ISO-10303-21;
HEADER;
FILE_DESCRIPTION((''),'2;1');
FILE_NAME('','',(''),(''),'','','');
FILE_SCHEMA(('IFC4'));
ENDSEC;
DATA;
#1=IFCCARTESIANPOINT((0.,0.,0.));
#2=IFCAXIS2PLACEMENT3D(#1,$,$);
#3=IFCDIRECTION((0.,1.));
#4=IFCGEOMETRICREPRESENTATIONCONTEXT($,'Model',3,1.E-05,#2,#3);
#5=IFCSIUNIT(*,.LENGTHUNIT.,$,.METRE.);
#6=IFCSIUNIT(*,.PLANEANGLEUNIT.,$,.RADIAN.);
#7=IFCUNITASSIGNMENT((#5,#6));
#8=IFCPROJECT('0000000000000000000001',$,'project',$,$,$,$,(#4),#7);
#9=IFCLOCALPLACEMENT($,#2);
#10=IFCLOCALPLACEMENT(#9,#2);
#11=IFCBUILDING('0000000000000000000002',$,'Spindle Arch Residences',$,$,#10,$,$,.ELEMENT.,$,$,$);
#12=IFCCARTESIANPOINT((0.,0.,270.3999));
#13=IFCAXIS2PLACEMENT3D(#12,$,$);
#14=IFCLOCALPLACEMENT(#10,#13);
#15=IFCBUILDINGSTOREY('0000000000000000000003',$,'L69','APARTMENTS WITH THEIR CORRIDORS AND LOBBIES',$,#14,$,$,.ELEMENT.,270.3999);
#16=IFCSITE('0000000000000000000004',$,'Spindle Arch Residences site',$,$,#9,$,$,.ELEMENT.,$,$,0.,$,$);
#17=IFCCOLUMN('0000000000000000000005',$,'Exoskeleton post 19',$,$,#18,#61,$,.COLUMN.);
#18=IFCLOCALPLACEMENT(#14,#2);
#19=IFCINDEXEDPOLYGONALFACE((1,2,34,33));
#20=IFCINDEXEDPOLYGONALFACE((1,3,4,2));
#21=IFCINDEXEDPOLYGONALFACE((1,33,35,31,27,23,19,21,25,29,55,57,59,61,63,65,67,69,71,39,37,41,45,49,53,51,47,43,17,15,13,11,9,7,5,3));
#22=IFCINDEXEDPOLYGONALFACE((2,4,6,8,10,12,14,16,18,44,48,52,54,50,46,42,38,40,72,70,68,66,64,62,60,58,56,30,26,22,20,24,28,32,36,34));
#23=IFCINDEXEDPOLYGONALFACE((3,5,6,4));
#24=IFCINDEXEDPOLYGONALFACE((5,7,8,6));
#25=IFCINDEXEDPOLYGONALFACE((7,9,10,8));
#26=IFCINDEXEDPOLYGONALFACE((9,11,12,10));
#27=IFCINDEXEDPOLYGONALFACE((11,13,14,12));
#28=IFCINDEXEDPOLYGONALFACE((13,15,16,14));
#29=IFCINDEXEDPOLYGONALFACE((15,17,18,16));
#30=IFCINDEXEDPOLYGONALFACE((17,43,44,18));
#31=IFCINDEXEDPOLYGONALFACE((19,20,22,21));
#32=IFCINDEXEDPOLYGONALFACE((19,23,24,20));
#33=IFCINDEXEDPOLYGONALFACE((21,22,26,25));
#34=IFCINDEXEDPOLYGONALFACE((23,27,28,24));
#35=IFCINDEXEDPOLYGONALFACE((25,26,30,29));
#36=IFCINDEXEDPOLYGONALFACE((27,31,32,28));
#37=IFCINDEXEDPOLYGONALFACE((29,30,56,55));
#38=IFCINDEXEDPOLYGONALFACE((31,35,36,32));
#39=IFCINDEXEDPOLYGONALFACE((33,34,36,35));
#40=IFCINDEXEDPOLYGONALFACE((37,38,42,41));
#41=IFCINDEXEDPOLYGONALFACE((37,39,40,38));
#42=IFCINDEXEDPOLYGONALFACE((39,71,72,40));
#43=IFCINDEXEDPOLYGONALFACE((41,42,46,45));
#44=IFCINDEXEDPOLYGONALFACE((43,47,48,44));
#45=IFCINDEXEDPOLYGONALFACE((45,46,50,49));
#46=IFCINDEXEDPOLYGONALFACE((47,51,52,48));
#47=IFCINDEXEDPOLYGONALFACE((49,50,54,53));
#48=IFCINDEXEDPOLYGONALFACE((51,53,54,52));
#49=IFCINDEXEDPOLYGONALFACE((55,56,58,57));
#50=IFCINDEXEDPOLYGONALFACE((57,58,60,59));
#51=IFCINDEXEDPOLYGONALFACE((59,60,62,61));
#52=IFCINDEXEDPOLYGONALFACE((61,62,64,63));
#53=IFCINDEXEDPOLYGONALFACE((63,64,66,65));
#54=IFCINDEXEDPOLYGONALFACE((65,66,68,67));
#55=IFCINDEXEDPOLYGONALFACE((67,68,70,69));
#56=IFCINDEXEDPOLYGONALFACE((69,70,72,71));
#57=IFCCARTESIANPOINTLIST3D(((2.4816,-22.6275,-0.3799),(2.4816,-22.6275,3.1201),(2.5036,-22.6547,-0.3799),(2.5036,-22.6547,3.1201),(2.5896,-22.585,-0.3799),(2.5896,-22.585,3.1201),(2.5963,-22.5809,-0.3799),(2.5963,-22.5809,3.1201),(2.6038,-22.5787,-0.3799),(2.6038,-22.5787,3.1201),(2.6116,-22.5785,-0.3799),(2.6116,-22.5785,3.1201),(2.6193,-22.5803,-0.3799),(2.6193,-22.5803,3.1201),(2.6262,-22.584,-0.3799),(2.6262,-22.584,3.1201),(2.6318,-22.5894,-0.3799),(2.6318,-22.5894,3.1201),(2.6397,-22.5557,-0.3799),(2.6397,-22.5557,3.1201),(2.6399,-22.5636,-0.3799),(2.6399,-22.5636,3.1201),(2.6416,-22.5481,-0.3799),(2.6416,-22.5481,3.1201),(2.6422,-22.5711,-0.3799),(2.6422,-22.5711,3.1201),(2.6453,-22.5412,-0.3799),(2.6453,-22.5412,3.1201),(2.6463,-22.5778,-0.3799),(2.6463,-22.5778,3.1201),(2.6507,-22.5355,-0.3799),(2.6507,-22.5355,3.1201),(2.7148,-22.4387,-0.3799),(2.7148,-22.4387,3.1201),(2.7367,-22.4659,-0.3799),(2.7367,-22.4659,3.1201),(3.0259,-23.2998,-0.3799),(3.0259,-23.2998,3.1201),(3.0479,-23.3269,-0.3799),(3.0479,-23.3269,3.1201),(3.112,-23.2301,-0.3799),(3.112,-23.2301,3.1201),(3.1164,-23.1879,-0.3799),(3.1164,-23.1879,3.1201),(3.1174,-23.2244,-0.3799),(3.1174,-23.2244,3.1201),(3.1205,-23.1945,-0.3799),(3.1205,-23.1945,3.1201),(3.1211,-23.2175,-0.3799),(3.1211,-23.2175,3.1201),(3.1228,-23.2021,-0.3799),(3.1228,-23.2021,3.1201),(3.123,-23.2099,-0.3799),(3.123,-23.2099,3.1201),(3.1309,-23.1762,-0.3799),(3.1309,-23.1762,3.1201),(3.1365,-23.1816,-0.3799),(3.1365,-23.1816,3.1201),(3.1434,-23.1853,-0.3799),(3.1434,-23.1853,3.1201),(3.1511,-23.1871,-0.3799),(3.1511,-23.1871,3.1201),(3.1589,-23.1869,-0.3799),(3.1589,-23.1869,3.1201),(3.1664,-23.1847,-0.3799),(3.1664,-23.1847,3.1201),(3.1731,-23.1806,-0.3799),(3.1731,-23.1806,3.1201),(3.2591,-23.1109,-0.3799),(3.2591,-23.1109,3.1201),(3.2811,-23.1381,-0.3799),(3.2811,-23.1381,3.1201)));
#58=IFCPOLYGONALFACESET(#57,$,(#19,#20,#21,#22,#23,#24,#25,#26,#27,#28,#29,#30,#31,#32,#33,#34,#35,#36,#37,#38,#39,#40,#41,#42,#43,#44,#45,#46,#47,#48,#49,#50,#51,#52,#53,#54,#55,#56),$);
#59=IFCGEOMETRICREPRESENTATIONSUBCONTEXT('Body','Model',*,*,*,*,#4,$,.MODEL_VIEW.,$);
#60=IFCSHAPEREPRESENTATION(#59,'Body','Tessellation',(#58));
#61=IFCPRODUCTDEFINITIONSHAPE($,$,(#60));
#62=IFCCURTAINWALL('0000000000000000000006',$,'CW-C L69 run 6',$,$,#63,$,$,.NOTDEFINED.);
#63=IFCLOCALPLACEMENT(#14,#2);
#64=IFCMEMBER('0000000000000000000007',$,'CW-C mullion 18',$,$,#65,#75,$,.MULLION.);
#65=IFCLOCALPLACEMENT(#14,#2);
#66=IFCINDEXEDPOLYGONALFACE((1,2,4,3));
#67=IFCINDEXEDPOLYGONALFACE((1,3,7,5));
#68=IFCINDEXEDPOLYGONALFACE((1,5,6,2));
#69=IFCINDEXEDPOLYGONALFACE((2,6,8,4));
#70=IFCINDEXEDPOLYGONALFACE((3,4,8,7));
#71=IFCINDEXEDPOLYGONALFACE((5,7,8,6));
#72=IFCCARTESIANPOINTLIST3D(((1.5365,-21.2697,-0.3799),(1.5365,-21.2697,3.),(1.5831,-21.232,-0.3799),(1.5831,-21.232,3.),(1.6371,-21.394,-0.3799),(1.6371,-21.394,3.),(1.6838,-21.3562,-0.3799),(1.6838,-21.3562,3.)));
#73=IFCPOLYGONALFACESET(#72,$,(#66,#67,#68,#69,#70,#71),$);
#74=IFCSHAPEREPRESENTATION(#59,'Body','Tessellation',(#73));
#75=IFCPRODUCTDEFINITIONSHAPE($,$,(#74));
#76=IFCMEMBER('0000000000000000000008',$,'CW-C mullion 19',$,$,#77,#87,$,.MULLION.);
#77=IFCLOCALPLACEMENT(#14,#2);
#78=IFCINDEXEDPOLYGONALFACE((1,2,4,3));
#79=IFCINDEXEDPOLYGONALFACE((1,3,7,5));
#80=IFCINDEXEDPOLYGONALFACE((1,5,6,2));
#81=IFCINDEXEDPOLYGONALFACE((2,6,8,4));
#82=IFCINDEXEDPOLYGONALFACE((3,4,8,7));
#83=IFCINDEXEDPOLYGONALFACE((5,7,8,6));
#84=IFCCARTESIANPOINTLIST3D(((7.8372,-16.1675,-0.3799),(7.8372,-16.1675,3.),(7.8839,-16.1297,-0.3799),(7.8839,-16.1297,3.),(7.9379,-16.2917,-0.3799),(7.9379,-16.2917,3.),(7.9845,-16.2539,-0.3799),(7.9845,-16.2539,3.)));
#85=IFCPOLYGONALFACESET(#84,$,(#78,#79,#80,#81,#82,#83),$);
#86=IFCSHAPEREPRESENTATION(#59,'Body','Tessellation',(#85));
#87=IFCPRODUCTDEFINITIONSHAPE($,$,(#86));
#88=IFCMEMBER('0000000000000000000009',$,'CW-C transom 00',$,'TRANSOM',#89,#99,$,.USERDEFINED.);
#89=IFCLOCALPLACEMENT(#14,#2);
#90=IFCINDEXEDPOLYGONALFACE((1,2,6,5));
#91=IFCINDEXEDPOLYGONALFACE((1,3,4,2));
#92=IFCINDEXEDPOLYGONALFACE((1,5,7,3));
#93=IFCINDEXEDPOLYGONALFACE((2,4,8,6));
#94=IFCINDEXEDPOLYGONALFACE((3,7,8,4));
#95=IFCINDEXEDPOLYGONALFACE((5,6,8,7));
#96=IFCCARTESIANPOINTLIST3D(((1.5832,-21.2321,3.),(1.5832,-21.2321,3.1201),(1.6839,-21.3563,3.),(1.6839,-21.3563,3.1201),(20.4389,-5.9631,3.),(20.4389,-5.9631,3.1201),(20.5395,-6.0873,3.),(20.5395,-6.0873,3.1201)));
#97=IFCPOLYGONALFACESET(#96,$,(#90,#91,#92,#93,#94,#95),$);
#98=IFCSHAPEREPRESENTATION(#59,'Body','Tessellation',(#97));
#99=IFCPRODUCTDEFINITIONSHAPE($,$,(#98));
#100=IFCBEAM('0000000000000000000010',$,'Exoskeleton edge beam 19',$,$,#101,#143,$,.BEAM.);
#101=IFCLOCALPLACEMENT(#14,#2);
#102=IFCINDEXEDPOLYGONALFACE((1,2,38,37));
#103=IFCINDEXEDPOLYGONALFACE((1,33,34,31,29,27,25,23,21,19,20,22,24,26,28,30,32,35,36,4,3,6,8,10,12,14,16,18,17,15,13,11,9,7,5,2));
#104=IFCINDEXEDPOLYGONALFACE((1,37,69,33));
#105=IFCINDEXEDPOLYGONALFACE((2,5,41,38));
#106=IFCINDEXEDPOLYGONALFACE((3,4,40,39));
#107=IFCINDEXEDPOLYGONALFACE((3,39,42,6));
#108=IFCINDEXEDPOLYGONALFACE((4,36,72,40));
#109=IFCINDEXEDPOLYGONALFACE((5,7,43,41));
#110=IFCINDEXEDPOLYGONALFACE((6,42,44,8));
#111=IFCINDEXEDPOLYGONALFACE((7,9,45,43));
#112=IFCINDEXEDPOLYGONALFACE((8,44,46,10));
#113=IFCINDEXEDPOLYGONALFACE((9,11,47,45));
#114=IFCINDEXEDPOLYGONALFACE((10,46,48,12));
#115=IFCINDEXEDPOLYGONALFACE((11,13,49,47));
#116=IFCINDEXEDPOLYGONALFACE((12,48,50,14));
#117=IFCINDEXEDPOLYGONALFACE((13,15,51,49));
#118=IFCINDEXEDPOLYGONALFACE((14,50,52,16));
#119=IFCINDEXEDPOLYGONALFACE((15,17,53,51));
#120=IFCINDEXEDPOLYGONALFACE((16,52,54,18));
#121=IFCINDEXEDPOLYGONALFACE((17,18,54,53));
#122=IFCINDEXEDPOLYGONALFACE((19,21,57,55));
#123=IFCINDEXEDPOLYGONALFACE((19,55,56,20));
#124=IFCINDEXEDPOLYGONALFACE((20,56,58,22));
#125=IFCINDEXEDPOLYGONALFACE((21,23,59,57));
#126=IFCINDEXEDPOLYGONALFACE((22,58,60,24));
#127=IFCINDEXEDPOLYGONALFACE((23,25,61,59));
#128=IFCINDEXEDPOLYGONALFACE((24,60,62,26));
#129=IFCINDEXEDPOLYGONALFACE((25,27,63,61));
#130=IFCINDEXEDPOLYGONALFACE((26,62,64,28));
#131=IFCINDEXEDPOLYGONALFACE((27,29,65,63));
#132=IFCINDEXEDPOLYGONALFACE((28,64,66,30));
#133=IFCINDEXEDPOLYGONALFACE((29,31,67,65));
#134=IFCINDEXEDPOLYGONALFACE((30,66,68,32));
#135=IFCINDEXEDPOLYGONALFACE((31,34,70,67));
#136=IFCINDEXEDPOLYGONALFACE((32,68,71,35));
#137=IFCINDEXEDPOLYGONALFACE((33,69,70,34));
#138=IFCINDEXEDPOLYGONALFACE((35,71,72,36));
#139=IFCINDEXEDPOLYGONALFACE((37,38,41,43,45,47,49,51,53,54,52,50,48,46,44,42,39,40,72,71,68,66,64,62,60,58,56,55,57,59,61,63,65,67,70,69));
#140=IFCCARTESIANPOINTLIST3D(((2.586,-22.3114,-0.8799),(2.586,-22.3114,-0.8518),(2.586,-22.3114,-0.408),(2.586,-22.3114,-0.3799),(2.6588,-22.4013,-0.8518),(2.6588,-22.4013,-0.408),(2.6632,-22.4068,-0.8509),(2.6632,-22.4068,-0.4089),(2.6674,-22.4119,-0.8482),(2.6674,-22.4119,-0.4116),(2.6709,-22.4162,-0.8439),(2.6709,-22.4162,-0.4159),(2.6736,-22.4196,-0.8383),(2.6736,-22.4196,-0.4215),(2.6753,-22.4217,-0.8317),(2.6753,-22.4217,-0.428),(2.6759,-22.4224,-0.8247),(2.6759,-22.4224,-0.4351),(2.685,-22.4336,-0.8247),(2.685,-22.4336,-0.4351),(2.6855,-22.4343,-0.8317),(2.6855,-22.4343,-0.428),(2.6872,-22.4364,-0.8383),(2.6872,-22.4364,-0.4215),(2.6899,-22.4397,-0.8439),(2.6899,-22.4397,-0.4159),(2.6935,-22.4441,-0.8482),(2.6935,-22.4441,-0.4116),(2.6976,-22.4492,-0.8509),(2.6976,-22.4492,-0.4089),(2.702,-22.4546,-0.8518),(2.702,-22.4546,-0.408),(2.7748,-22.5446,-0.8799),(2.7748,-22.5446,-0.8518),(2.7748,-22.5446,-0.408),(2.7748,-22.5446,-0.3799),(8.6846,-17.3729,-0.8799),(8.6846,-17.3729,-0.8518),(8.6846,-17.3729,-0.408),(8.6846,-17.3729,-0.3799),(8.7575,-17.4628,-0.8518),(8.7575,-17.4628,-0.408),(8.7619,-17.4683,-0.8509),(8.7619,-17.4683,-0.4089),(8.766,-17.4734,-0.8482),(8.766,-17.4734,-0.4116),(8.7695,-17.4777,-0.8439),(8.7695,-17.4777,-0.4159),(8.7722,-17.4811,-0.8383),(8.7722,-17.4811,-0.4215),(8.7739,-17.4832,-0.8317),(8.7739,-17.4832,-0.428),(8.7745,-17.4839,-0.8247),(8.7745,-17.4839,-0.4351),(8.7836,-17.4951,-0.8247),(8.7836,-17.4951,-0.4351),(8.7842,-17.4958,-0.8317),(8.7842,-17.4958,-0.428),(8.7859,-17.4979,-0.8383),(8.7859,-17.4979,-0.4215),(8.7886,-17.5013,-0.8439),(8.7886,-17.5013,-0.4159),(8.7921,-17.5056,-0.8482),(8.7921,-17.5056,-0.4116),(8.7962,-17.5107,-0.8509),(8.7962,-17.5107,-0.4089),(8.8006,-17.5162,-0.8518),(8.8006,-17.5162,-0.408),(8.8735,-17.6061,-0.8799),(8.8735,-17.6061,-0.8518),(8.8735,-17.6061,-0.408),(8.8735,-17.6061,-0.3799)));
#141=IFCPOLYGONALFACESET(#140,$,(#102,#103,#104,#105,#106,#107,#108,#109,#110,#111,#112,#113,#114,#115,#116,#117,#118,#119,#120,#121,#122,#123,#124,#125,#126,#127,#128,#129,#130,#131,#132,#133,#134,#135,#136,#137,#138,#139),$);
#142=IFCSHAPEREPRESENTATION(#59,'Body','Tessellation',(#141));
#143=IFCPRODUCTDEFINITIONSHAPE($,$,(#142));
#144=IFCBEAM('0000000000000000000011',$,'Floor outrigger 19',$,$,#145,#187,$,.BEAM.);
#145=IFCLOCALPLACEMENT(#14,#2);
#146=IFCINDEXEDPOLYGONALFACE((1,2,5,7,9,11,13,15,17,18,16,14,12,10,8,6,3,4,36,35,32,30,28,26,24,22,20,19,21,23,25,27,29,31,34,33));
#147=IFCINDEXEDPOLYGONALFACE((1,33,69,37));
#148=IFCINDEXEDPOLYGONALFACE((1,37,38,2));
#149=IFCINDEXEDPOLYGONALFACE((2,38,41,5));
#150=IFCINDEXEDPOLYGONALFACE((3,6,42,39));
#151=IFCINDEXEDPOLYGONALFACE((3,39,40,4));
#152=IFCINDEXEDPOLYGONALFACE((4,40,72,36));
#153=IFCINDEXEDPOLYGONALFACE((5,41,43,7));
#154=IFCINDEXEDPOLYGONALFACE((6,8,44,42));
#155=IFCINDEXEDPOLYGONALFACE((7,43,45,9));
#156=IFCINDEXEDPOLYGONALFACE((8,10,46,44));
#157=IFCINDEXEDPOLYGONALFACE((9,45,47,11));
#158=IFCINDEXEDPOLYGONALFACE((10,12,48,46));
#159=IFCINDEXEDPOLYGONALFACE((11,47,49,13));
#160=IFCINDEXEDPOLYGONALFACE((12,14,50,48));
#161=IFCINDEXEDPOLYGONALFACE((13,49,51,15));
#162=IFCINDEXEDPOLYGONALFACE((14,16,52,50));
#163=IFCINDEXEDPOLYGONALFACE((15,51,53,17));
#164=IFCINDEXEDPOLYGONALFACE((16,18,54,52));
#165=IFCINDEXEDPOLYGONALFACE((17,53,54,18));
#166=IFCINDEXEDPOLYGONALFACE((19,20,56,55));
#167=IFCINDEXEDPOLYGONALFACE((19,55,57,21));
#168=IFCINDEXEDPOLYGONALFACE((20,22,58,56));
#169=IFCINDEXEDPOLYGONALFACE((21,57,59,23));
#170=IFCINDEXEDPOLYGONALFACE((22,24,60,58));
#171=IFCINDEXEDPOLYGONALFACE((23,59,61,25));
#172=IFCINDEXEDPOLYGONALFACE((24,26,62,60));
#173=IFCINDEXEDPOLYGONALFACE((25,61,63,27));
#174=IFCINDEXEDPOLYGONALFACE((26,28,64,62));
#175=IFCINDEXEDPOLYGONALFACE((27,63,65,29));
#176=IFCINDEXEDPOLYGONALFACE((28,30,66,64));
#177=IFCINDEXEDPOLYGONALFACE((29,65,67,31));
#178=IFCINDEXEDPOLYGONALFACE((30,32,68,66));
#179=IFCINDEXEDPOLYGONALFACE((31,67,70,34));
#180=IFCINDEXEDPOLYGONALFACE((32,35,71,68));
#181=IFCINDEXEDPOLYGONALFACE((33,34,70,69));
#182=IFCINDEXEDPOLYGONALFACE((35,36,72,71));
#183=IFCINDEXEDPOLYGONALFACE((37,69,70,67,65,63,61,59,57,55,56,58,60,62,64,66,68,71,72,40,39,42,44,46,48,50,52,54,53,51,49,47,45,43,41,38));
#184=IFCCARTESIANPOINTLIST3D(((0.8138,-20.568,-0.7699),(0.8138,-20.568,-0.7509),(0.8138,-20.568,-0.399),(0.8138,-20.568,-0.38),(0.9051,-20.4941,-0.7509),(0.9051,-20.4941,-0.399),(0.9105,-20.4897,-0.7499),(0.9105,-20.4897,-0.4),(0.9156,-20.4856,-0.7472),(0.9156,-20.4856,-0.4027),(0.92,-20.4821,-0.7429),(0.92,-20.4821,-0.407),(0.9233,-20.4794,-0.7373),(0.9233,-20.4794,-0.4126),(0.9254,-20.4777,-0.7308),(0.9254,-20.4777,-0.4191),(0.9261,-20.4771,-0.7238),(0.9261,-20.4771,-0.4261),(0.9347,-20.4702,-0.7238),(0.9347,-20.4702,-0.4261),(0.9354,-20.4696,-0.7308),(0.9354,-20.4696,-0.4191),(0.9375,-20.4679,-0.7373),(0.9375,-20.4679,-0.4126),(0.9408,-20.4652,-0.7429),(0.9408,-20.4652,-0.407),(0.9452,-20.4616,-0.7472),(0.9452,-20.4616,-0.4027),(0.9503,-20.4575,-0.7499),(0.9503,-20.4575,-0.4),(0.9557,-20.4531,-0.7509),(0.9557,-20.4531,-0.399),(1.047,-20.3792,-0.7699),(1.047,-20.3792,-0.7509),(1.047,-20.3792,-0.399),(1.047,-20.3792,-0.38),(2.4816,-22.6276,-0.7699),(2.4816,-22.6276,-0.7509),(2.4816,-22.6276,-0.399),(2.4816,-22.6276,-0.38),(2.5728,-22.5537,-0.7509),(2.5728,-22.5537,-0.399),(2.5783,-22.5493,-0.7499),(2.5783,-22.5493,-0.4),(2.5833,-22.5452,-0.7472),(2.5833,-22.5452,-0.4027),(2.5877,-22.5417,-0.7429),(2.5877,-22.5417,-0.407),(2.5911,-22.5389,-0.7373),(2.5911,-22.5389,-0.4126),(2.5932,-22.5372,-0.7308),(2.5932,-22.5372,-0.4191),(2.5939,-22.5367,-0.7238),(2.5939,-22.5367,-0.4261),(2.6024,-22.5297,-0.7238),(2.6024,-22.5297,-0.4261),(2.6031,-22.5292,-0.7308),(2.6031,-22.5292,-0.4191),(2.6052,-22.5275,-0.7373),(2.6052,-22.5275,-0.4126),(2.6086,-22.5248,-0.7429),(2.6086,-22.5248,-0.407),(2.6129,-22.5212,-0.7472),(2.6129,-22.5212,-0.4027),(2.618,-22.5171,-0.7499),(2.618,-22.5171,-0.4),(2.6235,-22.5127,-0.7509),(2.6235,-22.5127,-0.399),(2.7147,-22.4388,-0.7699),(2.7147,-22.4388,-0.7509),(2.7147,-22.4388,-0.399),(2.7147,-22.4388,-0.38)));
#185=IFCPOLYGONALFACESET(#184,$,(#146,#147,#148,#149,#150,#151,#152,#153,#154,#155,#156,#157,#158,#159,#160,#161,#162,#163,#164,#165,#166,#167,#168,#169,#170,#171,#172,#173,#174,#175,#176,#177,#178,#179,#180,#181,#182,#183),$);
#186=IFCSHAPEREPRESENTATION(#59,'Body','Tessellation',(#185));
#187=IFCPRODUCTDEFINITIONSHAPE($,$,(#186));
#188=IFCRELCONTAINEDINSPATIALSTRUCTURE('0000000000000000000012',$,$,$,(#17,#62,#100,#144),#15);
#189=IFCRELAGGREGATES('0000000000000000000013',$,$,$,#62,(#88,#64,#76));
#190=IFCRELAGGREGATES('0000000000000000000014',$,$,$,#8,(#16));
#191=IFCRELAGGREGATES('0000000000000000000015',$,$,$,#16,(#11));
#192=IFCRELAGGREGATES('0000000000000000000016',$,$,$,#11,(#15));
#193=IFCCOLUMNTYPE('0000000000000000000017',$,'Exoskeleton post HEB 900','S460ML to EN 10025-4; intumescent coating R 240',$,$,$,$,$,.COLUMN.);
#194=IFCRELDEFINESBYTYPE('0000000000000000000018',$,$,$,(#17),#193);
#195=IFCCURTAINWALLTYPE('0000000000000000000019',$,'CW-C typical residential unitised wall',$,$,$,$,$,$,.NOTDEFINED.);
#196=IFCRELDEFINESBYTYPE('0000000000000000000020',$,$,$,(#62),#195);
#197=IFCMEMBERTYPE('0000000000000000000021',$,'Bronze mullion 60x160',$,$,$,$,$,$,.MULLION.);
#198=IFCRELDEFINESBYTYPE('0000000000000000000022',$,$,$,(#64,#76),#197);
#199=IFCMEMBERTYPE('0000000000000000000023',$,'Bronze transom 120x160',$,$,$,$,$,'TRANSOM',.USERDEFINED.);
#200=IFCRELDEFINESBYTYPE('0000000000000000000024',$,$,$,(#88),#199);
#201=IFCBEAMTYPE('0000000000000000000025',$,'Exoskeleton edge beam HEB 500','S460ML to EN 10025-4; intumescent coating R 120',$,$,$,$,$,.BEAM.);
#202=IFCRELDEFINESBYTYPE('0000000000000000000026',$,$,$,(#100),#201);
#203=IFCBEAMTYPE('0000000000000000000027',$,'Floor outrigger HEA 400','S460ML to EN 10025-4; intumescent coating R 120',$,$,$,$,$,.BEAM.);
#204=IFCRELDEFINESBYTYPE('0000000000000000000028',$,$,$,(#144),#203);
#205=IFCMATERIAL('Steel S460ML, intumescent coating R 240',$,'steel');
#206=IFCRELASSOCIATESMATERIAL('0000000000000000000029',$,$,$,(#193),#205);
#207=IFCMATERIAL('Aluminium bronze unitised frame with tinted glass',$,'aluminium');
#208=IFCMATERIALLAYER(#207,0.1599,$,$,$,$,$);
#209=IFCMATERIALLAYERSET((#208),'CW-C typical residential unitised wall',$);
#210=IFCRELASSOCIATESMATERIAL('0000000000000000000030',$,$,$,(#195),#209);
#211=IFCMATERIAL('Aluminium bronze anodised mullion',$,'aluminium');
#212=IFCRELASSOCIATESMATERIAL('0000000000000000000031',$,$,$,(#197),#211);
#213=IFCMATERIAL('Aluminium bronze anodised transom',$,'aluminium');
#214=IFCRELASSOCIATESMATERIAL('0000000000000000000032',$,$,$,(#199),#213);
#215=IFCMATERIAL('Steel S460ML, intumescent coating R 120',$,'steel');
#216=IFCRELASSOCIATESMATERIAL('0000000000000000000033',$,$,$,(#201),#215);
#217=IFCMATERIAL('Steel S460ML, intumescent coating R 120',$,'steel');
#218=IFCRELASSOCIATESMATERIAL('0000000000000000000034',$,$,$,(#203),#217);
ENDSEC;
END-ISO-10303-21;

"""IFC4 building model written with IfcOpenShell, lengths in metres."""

from ifc_helpers import new_model, si_unit, direction, frame, origin, origin_2d, place, context, subcontext, project, spatial, rectangle, i_section, extrude, material, layer, layer_set, material_profile, profile_set, type_object, element, aggregate, save


model = new_model("IFC4")

# Units and contexts
model_context = context("Model", 3, precision=1e-05, world=origin(), true_north=direction((0.0, 1.0)))
body_context = subcontext(model_context, "Body", "Model", "MODEL_VIEW")
ifc_project = project(units=[si_unit("LENGTHUNIT", "METRE"), si_unit("PLANEANGLEUNIT", "RADIAN")], contexts=[model_context])

# Site, building, storey
site_placement = place(None, origin())
site = spatial("IfcSite", under=ifc_project, at=site_placement, Name="Spindle Arch Residences site", CompositionType="ELEMENT", RefElevation=0.0)
building_placement = place(site_placement, origin())
building = spatial("IfcBuilding", under=site, at=building_placement, Name="Spindle Arch Residences", CompositionType="ELEMENT")
storey_placement = place(building_placement, frame((0.0, 0.0, 270.3999)))
storey = spatial("IfcBuildingStorey", under=building, at=storey_placement, Name="L69", Description="APARTMENTS WITH THEIR CORRIDORS AND LOBBIES", CompositionType="ELEMENT", Elevation=270.3999)

# Column
ifc_material_1 = material(Name="Steel S460ML, intumescent coating R 240", Category="steel")
ifc_material_profile_1 = material_profile(ifc_material_1, i_section(OverallWidth=0.3, OverallDepth=0.8999, WebThickness=0.0186, FlangeThickness=0.0349, FilletRadius=0.03, at=origin_2d()), Name="HEB 900")
ifc_profile_set_1 = profile_set([ifc_material_profile_1], Name="Steel S460ML, intumescent coating R 240")
column_type = type_object("IfcColumnType", Name="Exoskeleton post HEB 900", Description="S460ML to EN 10025-4; intumescent coating R 240", PredefinedType="COLUMN", material=ifc_profile_set_1)
column_placement = place(storey_placement, frame((2.8813, -22.8828, -0.3799), z_axis=(0.0, 0.0, 1.0), x_axis=(-0.777146, -0.62932, 0.0)))
element("IfcColumn", 1, at=column_placement, inside=storey, type_object=column_type, Name="Exoskeleton post 19", PredefinedType="COLUMN", context=body_context, shape_type="SweptSolid", body=[
    extrude(i_section(OverallWidth=0.3, OverallDepth=0.8999, WebThickness=0.0186, FlangeThickness=0.0349, FilletRadius=0.03, at=origin_2d()), origin(), (0.0, 0.0, 1.0), 3.5),
])

# Curtain wall, members
ifc_material_2 = material(Name="Aluminium bronze unitised frame with tinted glass", Category="aluminium")
ifc_layer_1 = layer(ifc_material_2, 0.1599)
ifc_layer_set_1 = layer_set([ifc_layer_1], Name="CW-C typical residential unitised wall")
curtain_wall_type = type_object("IfcCurtainWallType", Name="CW-C typical residential unitised wall", PredefinedType="NOTDEFINED", material=ifc_layer_set_1)
curtain_wall_placement = place(storey_placement, origin())
curtain_wall = element("IfcCurtainWall", 2, at=curtain_wall_placement, inside=storey, type_object=curtain_wall_type, Name="CW-C L69 run 6", PredefinedType="NOTDEFINED")
ifc_material_3 = material(Name="Aluminium bronze anodised mullion", Category="aluminium")
ifc_material_profile_2 = material_profile(ifc_material_3, rectangle(XDim=0.1599, YDim=0.0601, at=origin_2d()), Name="MU 60x160")
ifc_profile_set_2 = profile_set([ifc_material_profile_2], Name="Aluminium bronze anodised mullion")
member_type_1 = type_object("IfcMemberType", Name="Bronze mullion 60x160", PredefinedType="MULLION", material=ifc_profile_set_2)
member_1_placement = place(storey_placement, frame((1.6101, -21.313, -0.3799), z_axis=(0.0, 0.0, 1.0), x_axis=(-0.62932, 0.777146, 0.0)))
member_1 = element("IfcMember", 3, at=member_1_placement, type_object=member_type_1, Name="CW-C mullion 18", PredefinedType="MULLION", context=body_context, shape_type="SweptSolid", body=[
    extrude(rectangle(XDim=0.1599, YDim=0.0601, at=origin_2d()), origin(), (0.0, 0.0, 1.0), 3.3799),
])
member_2_placement = place(storey_placement, frame((7.9109, -16.2107, -0.3799), z_axis=(0.0, 0.0, 1.0), x_axis=(-0.62932, 0.777146, 0.0)))
member_2 = element("IfcMember", 4, at=member_2_placement, type_object=member_type_1, Name="CW-C mullion 19", PredefinedType="MULLION", context=body_context, shape_type="SweptSolid", body=[
    extrude(rectangle(XDim=0.1599, YDim=0.0601, at=origin_2d()), origin(), (0.0, 0.0, 1.0), 3.3799),
])
ifc_material_4 = material(Name="Aluminium bronze anodised transom", Category="aluminium")
ifc_material_profile_3 = material_profile(ifc_material_4, rectangle(XDim=0.1599, YDim=0.1201, at=origin_2d()), Name="TR 120x160")
ifc_profile_set_3 = profile_set([ifc_material_profile_3], Name="Aluminium bronze anodised transom")
member_type_2 = type_object("IfcMemberType", Name="Bronze transom 120x160", ElementType="TRANSOM", PredefinedType="USERDEFINED", material=ifc_profile_set_3)
member_3_placement = place(storey_placement, frame((1.6335, -21.2942, 3.0601), z_axis=(0.777146, 0.62932, 0.0), x_axis=(-0.62932, 0.777146, 0.0)))
member_3 = element("IfcMember", 5, at=member_3_placement, type_object=member_type_2, Name="CW-C transom 00", ObjectType="TRANSOM", PredefinedType="USERDEFINED", context=body_context, shape_type="SweptSolid", body=[
    extrude(rectangle(XDim=0.1599, YDim=0.1201, at=origin_2d()), origin(), (0.0, 0.0, 1.0), 24.2627),
])

# Beams
ifc_material_5 = material(Name="Steel S460ML, intumescent coating R 120", Category="steel")
ifc_material_profile_4 = material_profile(ifc_material_5, i_section(OverallWidth=0.3, OverallDepth=0.5, WebThickness=0.0144, FlangeThickness=0.0281, FilletRadius=0.0271, at=origin_2d()), Name="HEB 500")
ifc_profile_set_4 = profile_set([ifc_material_profile_4], Name="Steel S460ML, intumescent coating R 120")
beam_type_1 = type_object("IfcBeamType", Name="Exoskeleton edge beam HEB 500", Description="S460ML to EN 10025-4; intumescent coating R 120", PredefinedType="BEAM", material=ifc_profile_set_4)
beam_placement = place(storey_placement, frame((2.6804, -22.428, -0.6299), z_axis=(0.777152, 0.629313, 0.0), x_axis=(-0.629313, 0.777152, 0.0)))
element("IfcBeam", 6, at=beam_placement, inside=storey, type_object=beam_type_1, Name="Exoskeleton edge beam 19", PredefinedType="BEAM", context=body_context, shape_type="SweptSolid", body=[
    extrude(i_section(OverallWidth=0.3, OverallDepth=0.5, WebThickness=0.0144, FlangeThickness=0.0281, FilletRadius=0.0271, at=origin_2d()), origin(), (0.0, 0.0, 1.0), 7.8474),
])
ifc_material_6 = material(Name="Steel S460ML, intumescent coating R 120", Category="steel")
ifc_material_profile_5 = material_profile(ifc_material_6, i_section(OverallWidth=0.3, OverallDepth=0.3899, WebThickness=0.011, FlangeThickness=0.019, FilletRadius=0.0271, at=origin_2d()), Name="HEA 400")
ifc_profile_set_5 = profile_set([ifc_material_profile_5], Name="Steel S460ML, intumescent coating R 120")
beam_type_2 = type_object("IfcBeamType", Name="Floor outrigger HEA 400", Description="S460ML to EN 10025-4; intumescent coating R 120", PredefinedType="BEAM", material=ifc_profile_set_5)
for number, where, z_axis, x_axis, name in (
    (7, (2.5981, -22.5332, -0.575), (-0.629302, 0.777161, 0.0), (-0.777161, -0.629302, 0.0), "Floor outrigger 19"),
):
    element("IfcBeam", number, at=place(storey_placement, frame(where, z_axis=z_axis, x_axis=x_axis)), inside=storey, type_object=beam_type_2, Name=name, PredefinedType="BEAM", context=body_context, shape_type="SweptSolid", body=[
        extrude(i_section(OverallWidth=0.3, OverallDepth=0.3899, WebThickness=0.011, FlangeThickness=0.019, FilletRadius=0.0271, at=origin_2d()), origin(), (0.0, 0.0, 1.0), 2.6501),
    ])

aggregate(curtain_wall, [member_3, member_1, member_2])

save(model, "model.ifc")
